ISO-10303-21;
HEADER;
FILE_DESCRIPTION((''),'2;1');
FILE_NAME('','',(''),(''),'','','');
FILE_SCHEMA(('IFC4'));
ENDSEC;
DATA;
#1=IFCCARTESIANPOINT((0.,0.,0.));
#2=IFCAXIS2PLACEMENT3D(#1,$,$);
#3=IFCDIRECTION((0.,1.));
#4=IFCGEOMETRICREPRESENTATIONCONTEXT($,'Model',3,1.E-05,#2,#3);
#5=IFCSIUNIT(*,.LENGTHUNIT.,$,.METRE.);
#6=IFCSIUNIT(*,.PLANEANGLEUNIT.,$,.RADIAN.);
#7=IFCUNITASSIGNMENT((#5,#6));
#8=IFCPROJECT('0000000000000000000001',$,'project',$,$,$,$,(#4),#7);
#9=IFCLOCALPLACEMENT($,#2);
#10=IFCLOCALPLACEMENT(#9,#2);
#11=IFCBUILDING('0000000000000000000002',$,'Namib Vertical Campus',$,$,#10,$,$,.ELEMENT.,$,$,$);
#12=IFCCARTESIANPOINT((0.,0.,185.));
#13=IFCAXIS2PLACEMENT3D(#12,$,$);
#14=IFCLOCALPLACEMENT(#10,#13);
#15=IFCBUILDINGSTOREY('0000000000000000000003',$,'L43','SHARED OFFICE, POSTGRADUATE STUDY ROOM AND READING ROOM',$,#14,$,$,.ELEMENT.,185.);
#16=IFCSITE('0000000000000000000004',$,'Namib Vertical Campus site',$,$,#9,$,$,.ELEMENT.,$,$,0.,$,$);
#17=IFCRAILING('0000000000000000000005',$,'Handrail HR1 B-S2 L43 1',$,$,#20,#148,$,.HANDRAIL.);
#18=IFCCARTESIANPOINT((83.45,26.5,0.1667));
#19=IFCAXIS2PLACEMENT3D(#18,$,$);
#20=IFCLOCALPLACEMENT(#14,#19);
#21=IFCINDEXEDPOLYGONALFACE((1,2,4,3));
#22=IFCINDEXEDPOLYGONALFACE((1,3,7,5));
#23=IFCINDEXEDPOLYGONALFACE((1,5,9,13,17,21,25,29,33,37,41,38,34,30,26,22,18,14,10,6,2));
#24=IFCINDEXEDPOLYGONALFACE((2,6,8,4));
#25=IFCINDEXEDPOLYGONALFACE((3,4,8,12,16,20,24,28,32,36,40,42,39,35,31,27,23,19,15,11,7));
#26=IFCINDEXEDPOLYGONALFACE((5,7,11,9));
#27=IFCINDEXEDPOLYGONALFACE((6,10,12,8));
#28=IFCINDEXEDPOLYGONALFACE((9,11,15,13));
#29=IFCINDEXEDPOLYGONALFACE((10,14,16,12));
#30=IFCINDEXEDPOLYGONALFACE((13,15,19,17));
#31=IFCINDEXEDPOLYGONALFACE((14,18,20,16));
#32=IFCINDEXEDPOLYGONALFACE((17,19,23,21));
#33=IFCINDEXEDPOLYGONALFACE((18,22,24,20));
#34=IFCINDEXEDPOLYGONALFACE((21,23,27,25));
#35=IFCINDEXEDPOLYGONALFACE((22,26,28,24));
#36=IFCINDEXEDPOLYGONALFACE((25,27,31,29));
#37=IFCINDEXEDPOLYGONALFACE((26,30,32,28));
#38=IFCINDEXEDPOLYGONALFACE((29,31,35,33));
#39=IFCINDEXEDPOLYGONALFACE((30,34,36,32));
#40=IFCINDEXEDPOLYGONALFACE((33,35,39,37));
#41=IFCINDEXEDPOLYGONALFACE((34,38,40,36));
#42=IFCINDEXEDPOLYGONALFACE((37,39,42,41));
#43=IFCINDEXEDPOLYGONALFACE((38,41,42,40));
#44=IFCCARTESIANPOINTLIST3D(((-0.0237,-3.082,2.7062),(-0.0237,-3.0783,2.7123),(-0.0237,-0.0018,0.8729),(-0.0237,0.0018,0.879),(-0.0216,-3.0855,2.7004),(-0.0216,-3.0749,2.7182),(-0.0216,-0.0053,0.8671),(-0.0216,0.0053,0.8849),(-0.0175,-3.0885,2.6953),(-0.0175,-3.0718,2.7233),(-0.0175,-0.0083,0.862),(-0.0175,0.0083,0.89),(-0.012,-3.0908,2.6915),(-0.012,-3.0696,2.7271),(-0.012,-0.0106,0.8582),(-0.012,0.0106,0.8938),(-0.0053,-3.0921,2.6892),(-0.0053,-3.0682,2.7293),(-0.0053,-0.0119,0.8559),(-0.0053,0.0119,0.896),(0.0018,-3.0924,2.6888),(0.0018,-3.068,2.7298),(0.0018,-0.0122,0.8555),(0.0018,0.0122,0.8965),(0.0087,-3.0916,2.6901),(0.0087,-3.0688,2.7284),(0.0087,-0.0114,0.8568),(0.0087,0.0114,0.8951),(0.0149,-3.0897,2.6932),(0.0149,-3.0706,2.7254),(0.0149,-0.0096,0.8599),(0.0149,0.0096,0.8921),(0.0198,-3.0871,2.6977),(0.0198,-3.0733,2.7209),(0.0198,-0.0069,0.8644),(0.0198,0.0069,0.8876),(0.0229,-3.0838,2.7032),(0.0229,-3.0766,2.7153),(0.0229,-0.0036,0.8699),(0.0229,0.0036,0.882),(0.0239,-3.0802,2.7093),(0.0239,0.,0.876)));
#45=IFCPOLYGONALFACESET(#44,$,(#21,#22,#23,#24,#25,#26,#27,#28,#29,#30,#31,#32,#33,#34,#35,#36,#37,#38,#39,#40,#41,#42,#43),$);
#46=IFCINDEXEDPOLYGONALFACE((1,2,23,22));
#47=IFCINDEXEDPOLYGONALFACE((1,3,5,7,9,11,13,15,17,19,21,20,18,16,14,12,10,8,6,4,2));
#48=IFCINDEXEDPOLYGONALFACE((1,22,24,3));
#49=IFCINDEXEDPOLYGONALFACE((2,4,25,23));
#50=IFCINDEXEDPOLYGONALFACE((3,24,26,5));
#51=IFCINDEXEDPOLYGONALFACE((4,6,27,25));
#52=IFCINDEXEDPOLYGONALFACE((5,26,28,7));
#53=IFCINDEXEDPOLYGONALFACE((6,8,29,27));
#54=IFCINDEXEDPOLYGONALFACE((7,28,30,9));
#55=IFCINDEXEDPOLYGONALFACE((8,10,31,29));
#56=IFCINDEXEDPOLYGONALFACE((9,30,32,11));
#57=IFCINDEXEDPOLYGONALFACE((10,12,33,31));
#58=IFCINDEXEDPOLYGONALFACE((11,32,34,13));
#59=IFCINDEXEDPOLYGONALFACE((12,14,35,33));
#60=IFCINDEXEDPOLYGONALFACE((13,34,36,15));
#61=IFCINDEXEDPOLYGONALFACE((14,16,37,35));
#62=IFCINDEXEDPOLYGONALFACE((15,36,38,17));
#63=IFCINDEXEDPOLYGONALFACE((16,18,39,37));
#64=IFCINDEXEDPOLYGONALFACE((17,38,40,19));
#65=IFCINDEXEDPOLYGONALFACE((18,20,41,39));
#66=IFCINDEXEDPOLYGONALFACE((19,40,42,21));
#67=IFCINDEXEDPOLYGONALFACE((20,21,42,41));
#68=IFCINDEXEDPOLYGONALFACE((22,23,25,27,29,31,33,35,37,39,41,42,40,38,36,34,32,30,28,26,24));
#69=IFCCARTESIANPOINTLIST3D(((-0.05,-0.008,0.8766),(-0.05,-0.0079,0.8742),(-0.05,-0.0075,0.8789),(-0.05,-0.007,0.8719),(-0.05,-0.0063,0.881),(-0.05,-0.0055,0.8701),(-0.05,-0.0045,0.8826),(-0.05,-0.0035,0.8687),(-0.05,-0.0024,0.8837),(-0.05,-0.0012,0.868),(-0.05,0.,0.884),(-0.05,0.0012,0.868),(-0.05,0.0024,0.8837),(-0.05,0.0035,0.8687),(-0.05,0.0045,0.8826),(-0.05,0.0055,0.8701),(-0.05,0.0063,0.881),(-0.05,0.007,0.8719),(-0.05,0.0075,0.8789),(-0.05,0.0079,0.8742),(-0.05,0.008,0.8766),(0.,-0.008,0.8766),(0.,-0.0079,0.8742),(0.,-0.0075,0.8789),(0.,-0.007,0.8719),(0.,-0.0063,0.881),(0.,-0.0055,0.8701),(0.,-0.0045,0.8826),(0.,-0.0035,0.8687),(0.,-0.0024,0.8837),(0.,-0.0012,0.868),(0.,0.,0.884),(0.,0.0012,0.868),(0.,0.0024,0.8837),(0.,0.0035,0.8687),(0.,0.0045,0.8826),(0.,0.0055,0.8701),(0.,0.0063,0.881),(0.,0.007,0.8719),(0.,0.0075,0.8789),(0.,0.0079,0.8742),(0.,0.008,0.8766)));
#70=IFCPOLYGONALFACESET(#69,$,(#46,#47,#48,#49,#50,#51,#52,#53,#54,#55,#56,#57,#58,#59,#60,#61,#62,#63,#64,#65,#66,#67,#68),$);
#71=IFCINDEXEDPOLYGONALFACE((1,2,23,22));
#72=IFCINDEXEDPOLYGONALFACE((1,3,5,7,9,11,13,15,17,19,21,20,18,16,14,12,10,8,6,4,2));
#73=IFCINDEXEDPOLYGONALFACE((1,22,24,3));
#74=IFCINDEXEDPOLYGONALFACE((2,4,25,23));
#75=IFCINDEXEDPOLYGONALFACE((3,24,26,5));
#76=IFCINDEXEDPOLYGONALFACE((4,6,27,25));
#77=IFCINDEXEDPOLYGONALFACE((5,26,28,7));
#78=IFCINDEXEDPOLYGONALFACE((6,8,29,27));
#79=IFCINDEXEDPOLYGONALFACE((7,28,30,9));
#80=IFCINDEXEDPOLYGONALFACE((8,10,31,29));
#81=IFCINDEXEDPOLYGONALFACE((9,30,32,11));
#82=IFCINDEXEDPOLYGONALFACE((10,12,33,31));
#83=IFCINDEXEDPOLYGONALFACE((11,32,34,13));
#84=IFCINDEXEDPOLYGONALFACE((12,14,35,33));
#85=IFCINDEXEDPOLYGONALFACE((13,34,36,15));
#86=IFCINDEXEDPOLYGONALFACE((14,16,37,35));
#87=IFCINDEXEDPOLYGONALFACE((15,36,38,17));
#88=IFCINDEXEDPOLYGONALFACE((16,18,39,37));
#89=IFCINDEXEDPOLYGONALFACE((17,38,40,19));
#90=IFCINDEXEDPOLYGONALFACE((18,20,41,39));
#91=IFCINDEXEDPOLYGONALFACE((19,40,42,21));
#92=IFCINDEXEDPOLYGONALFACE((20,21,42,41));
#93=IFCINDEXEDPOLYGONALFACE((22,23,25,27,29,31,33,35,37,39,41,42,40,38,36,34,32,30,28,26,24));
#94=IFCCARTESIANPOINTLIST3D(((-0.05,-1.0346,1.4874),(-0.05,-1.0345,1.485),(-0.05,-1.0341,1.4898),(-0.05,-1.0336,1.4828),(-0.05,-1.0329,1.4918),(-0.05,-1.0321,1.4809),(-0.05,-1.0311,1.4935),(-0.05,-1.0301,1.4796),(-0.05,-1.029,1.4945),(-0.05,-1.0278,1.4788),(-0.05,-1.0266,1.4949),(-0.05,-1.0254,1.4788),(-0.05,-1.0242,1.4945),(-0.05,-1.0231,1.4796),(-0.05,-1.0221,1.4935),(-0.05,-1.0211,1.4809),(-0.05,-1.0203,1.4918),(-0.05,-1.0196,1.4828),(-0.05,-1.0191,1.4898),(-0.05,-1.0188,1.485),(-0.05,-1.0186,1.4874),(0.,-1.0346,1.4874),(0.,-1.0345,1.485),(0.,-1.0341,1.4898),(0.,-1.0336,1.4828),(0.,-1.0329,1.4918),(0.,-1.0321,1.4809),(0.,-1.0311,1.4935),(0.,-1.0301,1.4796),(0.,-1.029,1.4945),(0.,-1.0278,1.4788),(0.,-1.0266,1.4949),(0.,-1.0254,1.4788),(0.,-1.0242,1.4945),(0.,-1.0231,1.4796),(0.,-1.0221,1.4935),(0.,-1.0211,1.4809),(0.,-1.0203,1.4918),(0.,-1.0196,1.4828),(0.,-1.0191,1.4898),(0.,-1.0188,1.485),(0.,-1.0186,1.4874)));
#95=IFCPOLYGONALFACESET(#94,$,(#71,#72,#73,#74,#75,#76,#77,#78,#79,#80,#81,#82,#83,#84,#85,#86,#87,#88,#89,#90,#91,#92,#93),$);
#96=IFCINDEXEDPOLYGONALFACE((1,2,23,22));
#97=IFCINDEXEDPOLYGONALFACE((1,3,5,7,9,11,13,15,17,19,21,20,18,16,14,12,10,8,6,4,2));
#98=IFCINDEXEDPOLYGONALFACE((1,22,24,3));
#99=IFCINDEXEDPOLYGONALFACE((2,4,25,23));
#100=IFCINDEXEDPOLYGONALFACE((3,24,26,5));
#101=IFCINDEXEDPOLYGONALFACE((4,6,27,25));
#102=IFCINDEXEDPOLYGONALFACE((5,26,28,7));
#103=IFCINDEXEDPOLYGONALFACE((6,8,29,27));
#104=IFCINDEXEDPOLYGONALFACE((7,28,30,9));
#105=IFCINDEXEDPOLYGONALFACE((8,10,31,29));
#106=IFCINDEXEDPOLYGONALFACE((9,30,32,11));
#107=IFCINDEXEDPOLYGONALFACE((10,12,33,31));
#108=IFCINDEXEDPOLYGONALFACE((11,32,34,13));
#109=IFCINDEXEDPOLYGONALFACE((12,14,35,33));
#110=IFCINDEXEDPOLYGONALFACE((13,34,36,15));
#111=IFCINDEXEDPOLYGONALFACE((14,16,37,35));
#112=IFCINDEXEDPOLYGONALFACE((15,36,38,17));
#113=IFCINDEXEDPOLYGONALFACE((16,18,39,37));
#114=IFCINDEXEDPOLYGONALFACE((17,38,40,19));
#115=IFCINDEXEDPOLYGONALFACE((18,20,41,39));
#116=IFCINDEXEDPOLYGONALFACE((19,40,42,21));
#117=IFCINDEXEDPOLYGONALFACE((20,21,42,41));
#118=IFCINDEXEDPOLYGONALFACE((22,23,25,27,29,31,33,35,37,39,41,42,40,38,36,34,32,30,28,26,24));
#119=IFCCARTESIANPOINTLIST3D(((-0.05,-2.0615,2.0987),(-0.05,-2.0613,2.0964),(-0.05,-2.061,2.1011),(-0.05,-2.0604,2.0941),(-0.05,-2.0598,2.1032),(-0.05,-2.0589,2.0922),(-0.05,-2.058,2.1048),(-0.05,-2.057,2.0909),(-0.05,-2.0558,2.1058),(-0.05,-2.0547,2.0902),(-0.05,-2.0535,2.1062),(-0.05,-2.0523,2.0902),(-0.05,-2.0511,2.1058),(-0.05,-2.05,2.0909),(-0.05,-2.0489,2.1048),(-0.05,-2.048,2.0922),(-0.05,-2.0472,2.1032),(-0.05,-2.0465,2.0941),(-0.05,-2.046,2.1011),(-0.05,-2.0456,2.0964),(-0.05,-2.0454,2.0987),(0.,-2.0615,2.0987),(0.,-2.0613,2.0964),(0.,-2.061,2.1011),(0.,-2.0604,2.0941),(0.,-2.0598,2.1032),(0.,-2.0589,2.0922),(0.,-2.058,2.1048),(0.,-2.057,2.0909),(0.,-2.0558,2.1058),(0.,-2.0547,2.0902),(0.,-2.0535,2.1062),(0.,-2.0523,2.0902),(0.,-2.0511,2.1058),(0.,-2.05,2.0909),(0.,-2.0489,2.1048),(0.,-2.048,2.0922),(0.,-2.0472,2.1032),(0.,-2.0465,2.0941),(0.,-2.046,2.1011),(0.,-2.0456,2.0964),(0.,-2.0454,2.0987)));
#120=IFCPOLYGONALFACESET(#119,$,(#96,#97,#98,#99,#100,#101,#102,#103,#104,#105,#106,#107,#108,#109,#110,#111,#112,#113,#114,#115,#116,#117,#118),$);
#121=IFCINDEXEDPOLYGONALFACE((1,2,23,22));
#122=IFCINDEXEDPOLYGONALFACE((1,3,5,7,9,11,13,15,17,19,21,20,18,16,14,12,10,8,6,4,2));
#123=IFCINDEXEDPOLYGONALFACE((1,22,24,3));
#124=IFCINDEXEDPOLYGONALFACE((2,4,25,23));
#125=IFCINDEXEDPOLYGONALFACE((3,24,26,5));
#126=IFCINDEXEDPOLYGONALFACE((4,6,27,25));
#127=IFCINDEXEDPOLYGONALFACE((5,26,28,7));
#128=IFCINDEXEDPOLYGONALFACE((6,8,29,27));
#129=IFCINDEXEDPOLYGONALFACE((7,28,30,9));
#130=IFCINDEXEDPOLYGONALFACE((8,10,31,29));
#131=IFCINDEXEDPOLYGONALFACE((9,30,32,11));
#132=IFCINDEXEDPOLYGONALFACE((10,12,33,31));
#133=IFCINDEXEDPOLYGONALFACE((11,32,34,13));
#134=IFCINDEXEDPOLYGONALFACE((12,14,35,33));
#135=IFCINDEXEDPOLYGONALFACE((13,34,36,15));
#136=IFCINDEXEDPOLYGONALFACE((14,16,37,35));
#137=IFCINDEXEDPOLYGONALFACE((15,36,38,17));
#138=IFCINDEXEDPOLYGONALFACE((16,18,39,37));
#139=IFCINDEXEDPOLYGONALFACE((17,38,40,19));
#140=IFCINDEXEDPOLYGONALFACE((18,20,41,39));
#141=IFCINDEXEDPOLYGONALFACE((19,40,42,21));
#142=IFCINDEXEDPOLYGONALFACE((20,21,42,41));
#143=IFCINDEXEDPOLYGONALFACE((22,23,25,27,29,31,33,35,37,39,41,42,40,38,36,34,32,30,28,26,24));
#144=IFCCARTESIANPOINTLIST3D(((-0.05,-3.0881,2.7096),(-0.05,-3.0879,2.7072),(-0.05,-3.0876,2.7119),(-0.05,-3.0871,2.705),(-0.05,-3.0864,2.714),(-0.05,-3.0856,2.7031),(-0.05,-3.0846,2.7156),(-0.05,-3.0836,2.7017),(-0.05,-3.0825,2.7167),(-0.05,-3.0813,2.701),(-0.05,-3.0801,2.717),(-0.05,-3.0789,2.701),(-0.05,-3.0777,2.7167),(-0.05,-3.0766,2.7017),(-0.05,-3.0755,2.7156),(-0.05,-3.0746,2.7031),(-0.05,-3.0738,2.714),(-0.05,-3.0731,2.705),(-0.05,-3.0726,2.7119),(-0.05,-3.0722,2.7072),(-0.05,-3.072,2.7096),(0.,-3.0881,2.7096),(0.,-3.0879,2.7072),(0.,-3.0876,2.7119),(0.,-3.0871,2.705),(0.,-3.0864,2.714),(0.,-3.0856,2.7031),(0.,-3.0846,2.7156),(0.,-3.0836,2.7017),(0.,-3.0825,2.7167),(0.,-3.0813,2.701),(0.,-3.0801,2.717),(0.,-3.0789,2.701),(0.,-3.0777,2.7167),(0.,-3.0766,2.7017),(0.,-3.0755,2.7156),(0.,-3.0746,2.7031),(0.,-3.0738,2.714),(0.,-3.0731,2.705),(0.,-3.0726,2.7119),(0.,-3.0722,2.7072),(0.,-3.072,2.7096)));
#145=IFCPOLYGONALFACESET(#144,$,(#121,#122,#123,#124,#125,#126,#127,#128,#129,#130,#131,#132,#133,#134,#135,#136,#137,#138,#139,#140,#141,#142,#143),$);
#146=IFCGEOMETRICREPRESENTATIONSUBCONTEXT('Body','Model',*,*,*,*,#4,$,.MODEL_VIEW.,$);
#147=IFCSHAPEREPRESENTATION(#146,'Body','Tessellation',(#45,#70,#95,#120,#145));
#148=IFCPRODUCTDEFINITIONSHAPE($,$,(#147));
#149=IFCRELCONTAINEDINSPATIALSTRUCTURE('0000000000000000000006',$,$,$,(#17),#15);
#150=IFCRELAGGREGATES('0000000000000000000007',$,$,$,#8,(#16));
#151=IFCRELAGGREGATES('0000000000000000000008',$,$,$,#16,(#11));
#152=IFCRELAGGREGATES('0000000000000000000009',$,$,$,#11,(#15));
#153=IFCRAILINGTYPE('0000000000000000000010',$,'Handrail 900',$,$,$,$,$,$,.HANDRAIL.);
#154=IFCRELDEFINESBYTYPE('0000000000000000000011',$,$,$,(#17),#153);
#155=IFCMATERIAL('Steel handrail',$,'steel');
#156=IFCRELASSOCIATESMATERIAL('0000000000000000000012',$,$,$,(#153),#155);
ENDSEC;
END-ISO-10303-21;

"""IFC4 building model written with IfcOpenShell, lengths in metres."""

from ifc_helpers import new_model, si_unit, direction, frame, origin, origin_2d, place, context, subcontext, project, spatial, circle, extrude, material, type_object, element, save


model = new_model("IFC4")

# Units and contexts
model_context = context("Model", 3, precision=1e-05, world=origin(), true_north=direction((0.0, 1.0)))
body_context = subcontext(model_context, "Body", "Model", "MODEL_VIEW")
ifc_project = project(units=[si_unit("LENGTHUNIT", "METRE"), si_unit("PLANEANGLEUNIT", "RADIAN")], contexts=[model_context])

# Site, building, storey
site_placement = place(None, origin())
site = spatial("IfcSite", under=ifc_project, at=site_placement, Name="Namib Vertical Campus site", CompositionType="ELEMENT", RefElevation=0.0)
building_placement = place(site_placement, origin())
building = spatial("IfcBuilding", under=site, at=building_placement, Name="Namib Vertical Campus", CompositionType="ELEMENT")
storey_placement = place(building_placement, frame((0.0, 0.0, 185.0)))
storey = spatial("IfcBuildingStorey", under=building, at=storey_placement, Name="L43", Description="SHARED OFFICE, POSTGRADUATE STUDY ROOM AND READING ROOM", CompositionType="ELEMENT", Elevation=185.0)

# Railing
ifc_material_1 = material(Name="Steel handrail", Category="steel")
railing_type_1 = type_object("IfcRailingType", Name="Handrail 900", PredefinedType="HANDRAIL", material=ifc_material_1)
railing_1_placement = place(storey_placement, frame((83.45, 26.5, 0.1667)))
element("IfcRailing", 1, at=railing_1_placement, inside=storey, type_object=railing_type_1, Name="Handrail HR1 B-S2 L43 1", PredefinedType="HANDRAIL", context=body_context, shape_type="SweptSolid", body=[
    extrude(circle(Radius=0.0239, at=origin_2d()), frame((0.0, 0.0, 0.876), z_axis=(0.0, -0.859309, 0.511458), x_axis=(1.0, 0.0, 0.0)), (0.0, 0.0, 1.0), 3.5845),
    extrude(circle(Radius=0.0081, at=origin_2d()), frame((0.0, 0.0, 0.876), z_axis=(-1.0, 0.0, 0.0), x_axis=(0.0, 0.0, 1.0)), (0.0, 0.0, 1.0), 0.05),
    extrude(circle(Radius=0.0081, at=origin_2d()), frame((0.0, -1.0266, 1.4868), z_axis=(-1.0, 0.0, 0.0), x_axis=(0.0, 0.0, 1.0)), (0.0, 0.0, 1.0), 0.05),
    extrude(circle(Radius=0.0081, at=origin_2d()), frame((0.0, -2.0535, 2.0981), z_axis=(-1.0, 0.0, 0.0), x_axis=(0.0, 0.0, 1.0)), (0.0, 0.0, 1.0), 0.05),
    extrude(circle(Radius=0.0081, at=origin_2d()), frame((0.0, -3.0801, 2.709), z_axis=(-1.0, 0.0, 0.0), x_axis=(0.0, 0.0, 1.0)), (0.0, 0.0, 1.0), 0.05),
])

save(model, "model.ifc")
